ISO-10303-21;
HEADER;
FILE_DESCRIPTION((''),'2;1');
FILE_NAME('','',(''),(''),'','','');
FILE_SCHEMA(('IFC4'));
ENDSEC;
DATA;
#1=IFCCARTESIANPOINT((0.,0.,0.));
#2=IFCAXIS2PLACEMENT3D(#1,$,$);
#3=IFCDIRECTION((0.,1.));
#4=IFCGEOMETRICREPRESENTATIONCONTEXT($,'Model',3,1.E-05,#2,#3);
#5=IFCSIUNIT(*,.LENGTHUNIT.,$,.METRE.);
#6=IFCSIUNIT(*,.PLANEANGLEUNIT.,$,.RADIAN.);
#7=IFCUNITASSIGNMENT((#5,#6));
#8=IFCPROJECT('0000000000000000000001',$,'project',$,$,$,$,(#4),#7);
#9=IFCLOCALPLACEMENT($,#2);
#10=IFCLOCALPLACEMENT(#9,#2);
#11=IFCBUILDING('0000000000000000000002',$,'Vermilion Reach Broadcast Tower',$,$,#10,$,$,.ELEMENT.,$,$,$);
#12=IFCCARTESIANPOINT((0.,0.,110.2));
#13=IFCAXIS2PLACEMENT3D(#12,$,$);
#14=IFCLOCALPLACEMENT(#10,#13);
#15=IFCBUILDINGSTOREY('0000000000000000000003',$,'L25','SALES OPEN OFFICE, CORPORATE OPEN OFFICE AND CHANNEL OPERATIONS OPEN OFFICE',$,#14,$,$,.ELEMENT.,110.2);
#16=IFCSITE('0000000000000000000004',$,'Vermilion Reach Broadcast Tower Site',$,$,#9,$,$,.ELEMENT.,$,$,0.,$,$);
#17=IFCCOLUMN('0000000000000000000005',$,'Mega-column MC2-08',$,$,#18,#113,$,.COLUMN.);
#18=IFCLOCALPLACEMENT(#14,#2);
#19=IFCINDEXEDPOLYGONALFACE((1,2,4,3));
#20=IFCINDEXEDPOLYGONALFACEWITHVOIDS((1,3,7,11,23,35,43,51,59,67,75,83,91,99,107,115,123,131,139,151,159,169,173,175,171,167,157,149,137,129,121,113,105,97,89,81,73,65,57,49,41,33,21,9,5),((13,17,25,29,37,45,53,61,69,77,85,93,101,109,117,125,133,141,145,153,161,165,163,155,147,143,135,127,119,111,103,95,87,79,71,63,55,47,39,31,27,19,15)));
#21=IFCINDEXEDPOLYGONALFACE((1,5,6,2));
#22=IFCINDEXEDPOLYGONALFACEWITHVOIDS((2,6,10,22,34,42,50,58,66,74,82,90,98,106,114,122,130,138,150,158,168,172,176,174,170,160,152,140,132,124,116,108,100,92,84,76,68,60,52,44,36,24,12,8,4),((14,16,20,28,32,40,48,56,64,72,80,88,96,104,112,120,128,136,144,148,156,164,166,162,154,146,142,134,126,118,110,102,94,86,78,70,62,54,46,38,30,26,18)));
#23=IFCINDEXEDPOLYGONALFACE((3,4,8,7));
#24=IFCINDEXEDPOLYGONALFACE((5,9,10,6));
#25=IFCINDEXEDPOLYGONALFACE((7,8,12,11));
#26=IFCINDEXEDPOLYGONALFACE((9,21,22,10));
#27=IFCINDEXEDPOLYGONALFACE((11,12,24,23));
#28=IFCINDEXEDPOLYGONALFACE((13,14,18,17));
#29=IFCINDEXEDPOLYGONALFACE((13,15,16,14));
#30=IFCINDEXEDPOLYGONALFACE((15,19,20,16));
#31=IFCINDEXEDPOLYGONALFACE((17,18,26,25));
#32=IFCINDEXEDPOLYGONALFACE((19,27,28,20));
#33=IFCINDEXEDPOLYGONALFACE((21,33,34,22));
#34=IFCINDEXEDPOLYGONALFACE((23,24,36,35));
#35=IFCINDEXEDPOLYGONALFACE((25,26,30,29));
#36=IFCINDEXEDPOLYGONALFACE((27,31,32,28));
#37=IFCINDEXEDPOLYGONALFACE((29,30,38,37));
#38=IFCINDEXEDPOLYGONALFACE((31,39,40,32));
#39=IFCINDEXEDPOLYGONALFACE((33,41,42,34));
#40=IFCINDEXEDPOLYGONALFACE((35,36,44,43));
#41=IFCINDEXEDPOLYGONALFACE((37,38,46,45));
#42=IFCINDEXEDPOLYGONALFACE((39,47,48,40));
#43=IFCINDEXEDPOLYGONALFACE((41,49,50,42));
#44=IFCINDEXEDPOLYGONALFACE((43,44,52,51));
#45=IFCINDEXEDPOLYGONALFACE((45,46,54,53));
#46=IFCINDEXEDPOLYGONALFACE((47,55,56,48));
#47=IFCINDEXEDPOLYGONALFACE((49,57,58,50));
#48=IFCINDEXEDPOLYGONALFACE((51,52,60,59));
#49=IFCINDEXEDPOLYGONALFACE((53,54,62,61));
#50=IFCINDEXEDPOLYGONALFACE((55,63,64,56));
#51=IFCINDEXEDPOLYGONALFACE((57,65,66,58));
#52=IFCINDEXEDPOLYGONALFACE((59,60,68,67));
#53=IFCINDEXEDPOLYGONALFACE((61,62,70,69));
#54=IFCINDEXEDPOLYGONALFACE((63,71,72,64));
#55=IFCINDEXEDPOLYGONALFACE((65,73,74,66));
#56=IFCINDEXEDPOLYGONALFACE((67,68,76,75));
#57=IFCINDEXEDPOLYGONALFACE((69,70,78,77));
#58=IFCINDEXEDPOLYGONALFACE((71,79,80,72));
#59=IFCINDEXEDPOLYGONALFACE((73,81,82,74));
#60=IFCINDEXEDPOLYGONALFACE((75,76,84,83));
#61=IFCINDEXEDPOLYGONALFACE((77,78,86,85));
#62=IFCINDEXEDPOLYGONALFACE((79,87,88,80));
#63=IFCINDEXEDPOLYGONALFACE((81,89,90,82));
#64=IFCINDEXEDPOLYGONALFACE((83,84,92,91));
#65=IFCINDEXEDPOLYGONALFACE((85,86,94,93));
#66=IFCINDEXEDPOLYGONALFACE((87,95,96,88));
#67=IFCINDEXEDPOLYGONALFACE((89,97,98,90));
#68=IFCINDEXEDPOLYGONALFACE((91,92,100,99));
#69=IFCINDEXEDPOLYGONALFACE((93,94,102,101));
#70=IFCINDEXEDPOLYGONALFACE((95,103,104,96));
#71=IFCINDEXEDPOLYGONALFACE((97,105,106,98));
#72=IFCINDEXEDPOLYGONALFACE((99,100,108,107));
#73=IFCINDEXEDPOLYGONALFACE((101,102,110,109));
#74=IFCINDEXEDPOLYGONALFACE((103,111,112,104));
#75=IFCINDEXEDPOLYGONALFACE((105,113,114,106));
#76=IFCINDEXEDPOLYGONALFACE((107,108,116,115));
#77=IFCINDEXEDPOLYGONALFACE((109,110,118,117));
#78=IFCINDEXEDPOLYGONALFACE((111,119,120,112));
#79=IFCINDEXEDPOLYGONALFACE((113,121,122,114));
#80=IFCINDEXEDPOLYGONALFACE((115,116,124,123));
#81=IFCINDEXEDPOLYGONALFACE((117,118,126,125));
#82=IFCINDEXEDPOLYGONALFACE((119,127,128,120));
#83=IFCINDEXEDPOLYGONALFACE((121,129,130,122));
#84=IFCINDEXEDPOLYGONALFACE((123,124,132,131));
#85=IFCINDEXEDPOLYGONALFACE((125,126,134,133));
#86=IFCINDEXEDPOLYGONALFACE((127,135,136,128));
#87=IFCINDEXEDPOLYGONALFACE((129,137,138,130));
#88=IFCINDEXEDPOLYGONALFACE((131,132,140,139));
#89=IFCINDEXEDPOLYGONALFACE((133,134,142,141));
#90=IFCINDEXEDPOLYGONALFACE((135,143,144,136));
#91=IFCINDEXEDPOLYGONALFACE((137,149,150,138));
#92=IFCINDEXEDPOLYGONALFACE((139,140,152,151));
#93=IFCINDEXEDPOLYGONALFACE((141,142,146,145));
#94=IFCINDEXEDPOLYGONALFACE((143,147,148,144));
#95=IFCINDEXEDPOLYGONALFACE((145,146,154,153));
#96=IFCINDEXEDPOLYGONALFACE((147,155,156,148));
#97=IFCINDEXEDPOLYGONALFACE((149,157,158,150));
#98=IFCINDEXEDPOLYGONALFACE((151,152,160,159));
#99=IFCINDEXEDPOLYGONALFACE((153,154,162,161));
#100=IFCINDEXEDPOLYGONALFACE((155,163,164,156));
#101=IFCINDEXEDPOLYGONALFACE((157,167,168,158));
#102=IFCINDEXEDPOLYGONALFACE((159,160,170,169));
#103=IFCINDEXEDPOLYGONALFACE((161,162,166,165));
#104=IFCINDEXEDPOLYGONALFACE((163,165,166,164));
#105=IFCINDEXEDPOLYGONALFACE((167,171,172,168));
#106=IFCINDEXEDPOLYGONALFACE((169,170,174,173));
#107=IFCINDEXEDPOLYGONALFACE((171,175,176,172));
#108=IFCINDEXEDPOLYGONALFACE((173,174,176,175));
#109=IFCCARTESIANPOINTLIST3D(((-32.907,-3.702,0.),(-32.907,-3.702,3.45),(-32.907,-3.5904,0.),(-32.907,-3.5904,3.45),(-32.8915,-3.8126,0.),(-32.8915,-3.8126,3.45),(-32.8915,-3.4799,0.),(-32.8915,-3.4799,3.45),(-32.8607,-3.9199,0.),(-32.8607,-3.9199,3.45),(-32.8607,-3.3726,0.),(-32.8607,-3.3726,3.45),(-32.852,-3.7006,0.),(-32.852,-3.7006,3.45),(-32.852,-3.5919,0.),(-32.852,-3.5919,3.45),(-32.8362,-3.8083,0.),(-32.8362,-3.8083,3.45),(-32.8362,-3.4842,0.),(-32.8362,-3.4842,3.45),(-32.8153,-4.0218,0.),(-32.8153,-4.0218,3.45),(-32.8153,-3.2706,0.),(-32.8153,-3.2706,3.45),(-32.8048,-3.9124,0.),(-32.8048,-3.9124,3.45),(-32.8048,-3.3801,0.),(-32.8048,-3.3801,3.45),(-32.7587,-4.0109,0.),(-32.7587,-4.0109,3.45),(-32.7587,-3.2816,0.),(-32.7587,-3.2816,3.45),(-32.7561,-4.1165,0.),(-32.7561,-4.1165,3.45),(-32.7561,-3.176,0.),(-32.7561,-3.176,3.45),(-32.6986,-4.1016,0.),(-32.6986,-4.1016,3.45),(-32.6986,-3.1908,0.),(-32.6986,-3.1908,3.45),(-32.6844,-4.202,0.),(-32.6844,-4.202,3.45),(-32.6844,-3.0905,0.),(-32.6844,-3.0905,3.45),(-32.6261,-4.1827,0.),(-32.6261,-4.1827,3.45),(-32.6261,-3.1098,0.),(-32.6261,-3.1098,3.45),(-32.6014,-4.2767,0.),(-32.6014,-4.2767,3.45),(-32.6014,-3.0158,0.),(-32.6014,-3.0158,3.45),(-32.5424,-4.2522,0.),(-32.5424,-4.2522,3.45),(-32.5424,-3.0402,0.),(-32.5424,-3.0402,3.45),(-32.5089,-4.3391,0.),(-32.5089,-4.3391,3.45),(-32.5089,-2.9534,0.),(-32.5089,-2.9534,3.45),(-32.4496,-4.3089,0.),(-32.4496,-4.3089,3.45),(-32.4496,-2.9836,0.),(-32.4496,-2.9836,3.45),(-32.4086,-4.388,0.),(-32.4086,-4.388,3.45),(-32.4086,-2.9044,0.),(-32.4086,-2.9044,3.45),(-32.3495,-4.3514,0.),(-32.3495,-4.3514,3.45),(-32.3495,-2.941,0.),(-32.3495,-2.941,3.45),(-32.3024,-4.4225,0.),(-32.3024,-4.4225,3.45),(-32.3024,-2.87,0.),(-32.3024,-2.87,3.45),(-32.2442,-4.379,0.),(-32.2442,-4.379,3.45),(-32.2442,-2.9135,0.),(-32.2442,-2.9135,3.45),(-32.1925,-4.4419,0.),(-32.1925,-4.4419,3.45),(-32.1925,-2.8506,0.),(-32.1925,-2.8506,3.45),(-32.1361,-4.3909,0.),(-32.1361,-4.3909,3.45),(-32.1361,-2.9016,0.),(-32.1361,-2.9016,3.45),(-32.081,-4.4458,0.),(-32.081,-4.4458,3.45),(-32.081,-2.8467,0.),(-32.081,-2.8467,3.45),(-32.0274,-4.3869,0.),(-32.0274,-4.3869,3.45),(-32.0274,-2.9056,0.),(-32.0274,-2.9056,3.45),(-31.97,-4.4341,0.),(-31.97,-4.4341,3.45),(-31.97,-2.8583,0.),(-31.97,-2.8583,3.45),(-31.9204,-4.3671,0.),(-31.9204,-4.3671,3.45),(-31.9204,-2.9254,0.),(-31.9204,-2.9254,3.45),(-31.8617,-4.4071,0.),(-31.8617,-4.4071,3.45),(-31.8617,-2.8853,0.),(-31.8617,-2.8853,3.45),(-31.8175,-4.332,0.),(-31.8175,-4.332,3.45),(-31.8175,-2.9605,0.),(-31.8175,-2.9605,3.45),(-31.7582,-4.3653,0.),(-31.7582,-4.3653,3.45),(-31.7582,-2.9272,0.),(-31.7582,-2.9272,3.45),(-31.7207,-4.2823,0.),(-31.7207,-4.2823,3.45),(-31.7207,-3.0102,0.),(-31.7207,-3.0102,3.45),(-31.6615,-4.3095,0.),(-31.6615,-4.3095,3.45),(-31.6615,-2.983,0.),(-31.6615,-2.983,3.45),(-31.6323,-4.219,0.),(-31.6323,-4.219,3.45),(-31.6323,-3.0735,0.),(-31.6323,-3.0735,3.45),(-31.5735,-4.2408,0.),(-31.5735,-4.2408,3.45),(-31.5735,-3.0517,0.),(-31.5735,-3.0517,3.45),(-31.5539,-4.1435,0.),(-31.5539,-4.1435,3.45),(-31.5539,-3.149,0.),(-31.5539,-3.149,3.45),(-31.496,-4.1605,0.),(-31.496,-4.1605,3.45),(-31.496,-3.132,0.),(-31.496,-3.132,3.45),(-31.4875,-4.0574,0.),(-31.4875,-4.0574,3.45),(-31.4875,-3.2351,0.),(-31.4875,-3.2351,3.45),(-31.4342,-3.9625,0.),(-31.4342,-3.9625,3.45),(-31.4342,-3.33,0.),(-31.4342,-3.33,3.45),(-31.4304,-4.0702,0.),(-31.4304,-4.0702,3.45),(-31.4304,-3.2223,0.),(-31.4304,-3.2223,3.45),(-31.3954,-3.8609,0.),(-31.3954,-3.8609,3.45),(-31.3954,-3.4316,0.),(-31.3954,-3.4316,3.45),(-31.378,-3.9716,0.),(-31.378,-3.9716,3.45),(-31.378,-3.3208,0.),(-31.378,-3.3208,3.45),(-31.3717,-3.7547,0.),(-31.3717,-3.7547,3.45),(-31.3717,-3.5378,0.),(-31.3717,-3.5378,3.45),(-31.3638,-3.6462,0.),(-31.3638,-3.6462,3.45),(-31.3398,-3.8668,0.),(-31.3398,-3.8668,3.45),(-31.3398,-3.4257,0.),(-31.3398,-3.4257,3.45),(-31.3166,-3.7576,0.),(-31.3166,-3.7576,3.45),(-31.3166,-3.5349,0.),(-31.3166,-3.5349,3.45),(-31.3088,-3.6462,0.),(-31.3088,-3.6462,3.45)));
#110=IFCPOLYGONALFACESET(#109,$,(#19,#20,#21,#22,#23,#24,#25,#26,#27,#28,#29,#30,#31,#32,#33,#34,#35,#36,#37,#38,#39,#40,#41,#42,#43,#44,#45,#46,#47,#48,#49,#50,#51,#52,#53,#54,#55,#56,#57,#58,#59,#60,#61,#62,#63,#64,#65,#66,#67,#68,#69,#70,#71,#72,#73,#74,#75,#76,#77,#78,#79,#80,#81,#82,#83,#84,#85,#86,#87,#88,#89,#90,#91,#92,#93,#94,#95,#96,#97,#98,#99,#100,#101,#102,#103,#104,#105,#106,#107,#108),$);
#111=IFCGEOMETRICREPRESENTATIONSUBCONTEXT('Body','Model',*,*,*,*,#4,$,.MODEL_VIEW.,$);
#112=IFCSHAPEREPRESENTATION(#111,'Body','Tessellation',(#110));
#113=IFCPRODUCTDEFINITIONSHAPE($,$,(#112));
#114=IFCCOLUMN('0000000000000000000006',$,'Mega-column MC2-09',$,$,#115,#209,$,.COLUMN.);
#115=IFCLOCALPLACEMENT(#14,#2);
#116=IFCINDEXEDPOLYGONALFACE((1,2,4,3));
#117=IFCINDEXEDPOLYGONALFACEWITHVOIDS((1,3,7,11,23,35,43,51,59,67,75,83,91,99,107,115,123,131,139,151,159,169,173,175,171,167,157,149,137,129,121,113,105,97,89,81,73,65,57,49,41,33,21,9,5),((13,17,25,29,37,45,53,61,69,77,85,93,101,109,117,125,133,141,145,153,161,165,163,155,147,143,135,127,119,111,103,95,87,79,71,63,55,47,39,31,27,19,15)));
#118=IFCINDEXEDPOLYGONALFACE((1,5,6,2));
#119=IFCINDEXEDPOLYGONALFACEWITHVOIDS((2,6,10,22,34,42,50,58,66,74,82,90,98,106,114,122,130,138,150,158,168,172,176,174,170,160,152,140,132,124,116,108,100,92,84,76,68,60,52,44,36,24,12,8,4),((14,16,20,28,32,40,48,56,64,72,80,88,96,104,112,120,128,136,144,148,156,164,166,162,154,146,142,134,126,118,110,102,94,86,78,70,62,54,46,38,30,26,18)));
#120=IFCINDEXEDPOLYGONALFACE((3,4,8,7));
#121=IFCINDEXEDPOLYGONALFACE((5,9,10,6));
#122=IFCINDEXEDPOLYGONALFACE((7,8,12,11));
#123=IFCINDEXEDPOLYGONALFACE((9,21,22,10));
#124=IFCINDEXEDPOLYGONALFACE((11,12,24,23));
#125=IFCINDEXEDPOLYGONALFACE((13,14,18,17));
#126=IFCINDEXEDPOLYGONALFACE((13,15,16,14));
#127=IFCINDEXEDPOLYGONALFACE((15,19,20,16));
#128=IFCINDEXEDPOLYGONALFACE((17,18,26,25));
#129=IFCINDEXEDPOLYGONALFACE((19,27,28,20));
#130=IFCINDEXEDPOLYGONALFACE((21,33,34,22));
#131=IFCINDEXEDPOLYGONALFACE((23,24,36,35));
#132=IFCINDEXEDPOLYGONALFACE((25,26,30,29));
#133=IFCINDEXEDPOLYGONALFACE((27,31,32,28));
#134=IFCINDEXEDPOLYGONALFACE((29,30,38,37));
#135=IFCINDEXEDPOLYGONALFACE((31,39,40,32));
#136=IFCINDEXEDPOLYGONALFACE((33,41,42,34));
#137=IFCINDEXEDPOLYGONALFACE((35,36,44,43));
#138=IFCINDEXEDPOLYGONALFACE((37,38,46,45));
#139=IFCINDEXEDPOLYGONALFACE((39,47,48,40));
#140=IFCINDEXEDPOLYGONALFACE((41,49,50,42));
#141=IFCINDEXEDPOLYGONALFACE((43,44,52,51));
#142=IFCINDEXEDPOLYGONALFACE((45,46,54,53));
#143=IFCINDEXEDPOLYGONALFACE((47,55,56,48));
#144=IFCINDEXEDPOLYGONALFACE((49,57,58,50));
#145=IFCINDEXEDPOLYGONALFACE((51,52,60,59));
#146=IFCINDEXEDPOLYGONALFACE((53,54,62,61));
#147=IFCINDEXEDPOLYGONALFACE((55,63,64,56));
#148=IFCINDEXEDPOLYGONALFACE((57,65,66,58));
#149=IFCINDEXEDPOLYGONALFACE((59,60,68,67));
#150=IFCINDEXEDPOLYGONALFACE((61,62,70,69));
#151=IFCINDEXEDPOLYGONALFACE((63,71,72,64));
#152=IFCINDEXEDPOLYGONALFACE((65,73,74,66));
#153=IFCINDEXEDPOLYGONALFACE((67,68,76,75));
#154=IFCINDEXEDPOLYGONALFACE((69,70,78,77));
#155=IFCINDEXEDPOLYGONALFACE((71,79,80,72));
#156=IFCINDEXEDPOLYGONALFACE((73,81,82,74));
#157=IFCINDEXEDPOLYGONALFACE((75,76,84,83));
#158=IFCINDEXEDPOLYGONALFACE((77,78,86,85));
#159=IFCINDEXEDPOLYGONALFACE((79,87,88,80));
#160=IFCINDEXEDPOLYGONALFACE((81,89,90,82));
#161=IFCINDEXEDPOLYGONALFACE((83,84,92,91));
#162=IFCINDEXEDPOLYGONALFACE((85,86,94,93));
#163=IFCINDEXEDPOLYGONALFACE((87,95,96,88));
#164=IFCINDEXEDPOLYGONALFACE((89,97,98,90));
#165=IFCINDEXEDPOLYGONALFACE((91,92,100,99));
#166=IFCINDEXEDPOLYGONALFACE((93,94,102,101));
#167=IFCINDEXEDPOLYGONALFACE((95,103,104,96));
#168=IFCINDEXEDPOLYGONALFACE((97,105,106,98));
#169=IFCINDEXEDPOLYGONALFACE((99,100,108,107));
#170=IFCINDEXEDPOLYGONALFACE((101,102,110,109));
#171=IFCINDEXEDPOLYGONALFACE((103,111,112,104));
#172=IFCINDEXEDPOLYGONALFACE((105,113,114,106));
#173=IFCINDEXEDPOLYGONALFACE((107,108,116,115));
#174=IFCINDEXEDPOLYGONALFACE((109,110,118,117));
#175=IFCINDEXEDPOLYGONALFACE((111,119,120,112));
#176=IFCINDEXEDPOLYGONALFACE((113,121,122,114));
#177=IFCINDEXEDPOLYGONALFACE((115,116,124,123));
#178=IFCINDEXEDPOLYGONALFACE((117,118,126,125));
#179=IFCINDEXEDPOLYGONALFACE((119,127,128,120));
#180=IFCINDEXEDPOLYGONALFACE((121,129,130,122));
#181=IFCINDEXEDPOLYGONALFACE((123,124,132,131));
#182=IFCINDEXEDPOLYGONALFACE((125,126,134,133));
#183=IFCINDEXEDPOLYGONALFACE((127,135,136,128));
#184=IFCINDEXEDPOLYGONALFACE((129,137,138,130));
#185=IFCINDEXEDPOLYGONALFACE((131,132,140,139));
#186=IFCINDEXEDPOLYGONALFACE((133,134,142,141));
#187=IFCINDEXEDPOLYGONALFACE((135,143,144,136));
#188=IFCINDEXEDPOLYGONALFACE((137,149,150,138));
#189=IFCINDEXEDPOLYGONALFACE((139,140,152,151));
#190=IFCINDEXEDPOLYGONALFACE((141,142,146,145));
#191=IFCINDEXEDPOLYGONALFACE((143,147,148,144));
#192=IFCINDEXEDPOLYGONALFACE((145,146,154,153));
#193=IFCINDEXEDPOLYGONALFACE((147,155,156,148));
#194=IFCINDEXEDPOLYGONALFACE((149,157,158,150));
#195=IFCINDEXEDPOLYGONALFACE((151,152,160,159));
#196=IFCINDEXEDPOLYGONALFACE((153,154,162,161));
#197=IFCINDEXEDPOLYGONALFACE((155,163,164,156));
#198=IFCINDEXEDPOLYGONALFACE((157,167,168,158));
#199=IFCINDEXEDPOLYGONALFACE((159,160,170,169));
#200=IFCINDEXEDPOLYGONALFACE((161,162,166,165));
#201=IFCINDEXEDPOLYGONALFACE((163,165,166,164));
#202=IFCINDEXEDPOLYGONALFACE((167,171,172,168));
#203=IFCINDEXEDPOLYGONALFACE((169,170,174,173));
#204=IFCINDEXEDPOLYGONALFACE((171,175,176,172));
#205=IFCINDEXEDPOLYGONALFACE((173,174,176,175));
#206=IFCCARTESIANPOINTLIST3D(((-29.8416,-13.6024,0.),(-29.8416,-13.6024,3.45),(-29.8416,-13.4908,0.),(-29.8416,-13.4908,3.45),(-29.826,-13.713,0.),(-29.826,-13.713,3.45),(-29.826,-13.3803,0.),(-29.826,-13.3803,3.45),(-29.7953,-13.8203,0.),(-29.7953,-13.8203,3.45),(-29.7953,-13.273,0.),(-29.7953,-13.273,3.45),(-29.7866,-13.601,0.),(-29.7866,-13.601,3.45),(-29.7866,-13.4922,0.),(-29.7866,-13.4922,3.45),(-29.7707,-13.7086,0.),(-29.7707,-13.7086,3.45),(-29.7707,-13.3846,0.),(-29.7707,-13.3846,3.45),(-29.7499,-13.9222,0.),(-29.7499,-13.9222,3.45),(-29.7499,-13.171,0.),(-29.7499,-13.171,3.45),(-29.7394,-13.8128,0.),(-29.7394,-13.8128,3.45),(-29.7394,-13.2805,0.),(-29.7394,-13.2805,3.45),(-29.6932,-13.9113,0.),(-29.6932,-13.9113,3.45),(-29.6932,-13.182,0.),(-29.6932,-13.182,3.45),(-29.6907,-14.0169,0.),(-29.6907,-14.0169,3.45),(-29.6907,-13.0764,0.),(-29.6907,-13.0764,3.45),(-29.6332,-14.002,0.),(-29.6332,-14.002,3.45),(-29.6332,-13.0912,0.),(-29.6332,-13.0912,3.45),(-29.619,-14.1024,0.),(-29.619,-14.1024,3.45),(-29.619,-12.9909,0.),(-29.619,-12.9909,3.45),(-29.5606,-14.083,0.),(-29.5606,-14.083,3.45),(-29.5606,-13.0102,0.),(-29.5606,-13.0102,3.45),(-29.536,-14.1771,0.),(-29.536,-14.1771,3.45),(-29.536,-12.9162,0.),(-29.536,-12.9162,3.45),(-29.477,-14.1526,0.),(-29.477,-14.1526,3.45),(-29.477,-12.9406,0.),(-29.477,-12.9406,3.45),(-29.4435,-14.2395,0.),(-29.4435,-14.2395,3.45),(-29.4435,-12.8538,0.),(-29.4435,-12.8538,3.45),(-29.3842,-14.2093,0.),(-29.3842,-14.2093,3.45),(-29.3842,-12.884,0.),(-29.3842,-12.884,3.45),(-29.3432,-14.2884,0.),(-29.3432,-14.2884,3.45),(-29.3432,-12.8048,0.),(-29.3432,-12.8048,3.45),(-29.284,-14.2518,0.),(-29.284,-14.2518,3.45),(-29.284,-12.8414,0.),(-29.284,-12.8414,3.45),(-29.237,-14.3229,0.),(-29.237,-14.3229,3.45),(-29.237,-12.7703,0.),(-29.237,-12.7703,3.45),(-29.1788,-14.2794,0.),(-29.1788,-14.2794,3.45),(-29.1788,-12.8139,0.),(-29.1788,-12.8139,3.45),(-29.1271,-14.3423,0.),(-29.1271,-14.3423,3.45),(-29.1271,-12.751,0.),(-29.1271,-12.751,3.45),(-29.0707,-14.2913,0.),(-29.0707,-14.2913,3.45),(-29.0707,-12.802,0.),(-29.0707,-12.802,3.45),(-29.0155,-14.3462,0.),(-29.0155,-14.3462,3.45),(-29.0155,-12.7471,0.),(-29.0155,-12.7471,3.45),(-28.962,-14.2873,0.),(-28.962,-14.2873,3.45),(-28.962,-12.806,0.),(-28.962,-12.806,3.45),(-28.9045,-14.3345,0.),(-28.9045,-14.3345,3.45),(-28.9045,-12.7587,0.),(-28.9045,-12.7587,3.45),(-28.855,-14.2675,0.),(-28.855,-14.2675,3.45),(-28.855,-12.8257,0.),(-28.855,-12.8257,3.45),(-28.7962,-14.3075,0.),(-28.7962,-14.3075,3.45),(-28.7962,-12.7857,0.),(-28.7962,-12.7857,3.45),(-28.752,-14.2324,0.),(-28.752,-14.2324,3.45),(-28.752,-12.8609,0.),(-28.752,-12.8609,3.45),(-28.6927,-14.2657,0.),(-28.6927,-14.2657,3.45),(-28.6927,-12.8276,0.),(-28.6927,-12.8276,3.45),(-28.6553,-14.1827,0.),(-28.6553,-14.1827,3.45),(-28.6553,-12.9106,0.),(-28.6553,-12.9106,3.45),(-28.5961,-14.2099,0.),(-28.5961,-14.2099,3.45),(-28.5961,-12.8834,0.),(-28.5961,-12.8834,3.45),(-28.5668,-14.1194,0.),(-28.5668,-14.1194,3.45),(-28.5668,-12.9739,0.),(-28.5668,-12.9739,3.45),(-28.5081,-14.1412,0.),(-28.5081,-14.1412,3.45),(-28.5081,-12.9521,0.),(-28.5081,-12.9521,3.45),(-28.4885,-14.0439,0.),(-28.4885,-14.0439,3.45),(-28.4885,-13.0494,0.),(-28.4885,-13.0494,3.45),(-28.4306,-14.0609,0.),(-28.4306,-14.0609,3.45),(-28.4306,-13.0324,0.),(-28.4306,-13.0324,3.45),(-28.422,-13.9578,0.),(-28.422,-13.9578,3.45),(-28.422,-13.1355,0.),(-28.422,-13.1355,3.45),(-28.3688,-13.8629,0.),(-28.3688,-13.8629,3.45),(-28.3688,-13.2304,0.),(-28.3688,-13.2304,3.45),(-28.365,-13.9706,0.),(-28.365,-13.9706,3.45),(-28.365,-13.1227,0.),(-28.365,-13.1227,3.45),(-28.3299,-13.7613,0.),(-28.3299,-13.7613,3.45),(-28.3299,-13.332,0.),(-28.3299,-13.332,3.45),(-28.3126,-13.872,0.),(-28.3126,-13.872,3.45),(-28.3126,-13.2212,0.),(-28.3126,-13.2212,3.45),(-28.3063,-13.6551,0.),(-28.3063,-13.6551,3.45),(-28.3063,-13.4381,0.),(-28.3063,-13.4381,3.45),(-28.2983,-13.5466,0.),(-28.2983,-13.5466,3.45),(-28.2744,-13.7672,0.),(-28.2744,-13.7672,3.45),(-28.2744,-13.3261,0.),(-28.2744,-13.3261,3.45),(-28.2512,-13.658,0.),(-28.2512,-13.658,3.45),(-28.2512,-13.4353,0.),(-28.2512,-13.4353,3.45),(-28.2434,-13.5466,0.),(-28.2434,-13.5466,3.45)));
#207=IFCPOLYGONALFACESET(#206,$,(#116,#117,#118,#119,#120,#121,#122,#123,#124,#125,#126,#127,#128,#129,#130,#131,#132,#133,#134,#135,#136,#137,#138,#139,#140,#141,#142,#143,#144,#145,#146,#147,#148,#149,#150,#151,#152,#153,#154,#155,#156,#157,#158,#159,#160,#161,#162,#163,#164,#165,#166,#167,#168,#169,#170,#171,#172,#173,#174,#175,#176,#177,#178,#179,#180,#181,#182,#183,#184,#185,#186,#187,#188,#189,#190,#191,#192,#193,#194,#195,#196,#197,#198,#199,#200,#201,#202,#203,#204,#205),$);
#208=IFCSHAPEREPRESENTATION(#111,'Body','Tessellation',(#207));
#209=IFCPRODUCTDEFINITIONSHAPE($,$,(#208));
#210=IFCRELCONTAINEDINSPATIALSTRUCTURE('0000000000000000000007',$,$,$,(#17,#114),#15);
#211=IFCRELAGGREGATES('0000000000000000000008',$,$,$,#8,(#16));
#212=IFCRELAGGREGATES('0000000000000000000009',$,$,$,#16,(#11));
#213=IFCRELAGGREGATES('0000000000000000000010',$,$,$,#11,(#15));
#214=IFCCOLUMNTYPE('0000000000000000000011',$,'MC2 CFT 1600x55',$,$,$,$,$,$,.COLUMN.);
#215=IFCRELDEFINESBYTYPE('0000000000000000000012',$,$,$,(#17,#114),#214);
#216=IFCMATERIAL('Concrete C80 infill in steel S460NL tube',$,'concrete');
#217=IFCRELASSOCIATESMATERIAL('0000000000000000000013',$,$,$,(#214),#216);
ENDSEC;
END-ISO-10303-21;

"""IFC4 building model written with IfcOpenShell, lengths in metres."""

from ifc_helpers import new_model, si_unit, direction, frame, origin, origin_2d, place, context, subcontext, project, spatial, hollow_circle, extrude, material, material_profile, profile_set, type_object, element, save


model = new_model("IFC4")

# Units and contexts
model_context = context("Model", 3, precision=1e-05, world=origin(), true_north=direction((0.0, 1.0)))
body_context = subcontext(model_context, "Body", "Model", "MODEL_VIEW")
ifc_project = project(units=[si_unit("LENGTHUNIT", "METRE"), si_unit("PLANEANGLEUNIT", "RADIAN")], contexts=[model_context])

# Site, building, storey
site_placement = place(None, origin())
site = spatial("IfcSite", under=ifc_project, at=site_placement, Name="Vermilion Reach Broadcast Tower Site", CompositionType="ELEMENT", RefElevation=0.0)
building_placement = place(site_placement, origin())
building = spatial("IfcBuilding", under=site, at=building_placement, Name="Vermilion Reach Broadcast Tower", CompositionType="ELEMENT")
storey_placement = place(building_placement, frame((0.0, 0.0, 110.2)))
storey = spatial("IfcBuildingStorey", under=building, at=storey_placement, Name="L25", Description="SALES OPEN OFFICE, CORPORATE OPEN OFFICE AND CHANNEL OPERATIONS OPEN OFFICE", CompositionType="ELEMENT", Elevation=110.2)

# Columns
ifc_material_1 = material(Name="Concrete C80 infill in steel S460NL tube", Category="concrete")
ifc_material_profile_1 = material_profile(ifc_material_1, hollow_circle(Radius=0.8, WallThickness=0.0549, at=origin_2d()), Name="Concrete C80 infill in steel S460NL tube CFT 1600x55")
ifc_profile_set_1 = profile_set([ifc_material_profile_1], Name="Concrete C80 infill in steel S460NL tube")
column_type = type_object("IfcColumnType", Name="MC2 CFT 1600x55", PredefinedType="COLUMN", material=ifc_profile_set_1)
for number, where, z_axis, x_axis, name in (
    (1, (-32.1089, -3.6462, 0.0), (0.0, 0.0, 1.0), (1.0, 0.0, 0.0), "Mega-column MC2-08"),
    (2, (-29.0435, -13.5466, 0.0), (0.0, 0.0, 1.0), (1.0, 0.0, 0.0), "Mega-column MC2-09"),
):
    element("IfcColumn", number, at=place(storey_placement, frame(where, z_axis=z_axis, x_axis=x_axis)), inside=storey, type_object=column_type, Name=name, PredefinedType="COLUMN", context=body_context, shape_type="SweptSolid", body=[
        extrude(hollow_circle(Radius=0.8, WallThickness=0.0549, at=origin_2d()), origin(), (0.0, 0.0, 1.0), 3.45),
    ])

save(model, "model.ifc")
